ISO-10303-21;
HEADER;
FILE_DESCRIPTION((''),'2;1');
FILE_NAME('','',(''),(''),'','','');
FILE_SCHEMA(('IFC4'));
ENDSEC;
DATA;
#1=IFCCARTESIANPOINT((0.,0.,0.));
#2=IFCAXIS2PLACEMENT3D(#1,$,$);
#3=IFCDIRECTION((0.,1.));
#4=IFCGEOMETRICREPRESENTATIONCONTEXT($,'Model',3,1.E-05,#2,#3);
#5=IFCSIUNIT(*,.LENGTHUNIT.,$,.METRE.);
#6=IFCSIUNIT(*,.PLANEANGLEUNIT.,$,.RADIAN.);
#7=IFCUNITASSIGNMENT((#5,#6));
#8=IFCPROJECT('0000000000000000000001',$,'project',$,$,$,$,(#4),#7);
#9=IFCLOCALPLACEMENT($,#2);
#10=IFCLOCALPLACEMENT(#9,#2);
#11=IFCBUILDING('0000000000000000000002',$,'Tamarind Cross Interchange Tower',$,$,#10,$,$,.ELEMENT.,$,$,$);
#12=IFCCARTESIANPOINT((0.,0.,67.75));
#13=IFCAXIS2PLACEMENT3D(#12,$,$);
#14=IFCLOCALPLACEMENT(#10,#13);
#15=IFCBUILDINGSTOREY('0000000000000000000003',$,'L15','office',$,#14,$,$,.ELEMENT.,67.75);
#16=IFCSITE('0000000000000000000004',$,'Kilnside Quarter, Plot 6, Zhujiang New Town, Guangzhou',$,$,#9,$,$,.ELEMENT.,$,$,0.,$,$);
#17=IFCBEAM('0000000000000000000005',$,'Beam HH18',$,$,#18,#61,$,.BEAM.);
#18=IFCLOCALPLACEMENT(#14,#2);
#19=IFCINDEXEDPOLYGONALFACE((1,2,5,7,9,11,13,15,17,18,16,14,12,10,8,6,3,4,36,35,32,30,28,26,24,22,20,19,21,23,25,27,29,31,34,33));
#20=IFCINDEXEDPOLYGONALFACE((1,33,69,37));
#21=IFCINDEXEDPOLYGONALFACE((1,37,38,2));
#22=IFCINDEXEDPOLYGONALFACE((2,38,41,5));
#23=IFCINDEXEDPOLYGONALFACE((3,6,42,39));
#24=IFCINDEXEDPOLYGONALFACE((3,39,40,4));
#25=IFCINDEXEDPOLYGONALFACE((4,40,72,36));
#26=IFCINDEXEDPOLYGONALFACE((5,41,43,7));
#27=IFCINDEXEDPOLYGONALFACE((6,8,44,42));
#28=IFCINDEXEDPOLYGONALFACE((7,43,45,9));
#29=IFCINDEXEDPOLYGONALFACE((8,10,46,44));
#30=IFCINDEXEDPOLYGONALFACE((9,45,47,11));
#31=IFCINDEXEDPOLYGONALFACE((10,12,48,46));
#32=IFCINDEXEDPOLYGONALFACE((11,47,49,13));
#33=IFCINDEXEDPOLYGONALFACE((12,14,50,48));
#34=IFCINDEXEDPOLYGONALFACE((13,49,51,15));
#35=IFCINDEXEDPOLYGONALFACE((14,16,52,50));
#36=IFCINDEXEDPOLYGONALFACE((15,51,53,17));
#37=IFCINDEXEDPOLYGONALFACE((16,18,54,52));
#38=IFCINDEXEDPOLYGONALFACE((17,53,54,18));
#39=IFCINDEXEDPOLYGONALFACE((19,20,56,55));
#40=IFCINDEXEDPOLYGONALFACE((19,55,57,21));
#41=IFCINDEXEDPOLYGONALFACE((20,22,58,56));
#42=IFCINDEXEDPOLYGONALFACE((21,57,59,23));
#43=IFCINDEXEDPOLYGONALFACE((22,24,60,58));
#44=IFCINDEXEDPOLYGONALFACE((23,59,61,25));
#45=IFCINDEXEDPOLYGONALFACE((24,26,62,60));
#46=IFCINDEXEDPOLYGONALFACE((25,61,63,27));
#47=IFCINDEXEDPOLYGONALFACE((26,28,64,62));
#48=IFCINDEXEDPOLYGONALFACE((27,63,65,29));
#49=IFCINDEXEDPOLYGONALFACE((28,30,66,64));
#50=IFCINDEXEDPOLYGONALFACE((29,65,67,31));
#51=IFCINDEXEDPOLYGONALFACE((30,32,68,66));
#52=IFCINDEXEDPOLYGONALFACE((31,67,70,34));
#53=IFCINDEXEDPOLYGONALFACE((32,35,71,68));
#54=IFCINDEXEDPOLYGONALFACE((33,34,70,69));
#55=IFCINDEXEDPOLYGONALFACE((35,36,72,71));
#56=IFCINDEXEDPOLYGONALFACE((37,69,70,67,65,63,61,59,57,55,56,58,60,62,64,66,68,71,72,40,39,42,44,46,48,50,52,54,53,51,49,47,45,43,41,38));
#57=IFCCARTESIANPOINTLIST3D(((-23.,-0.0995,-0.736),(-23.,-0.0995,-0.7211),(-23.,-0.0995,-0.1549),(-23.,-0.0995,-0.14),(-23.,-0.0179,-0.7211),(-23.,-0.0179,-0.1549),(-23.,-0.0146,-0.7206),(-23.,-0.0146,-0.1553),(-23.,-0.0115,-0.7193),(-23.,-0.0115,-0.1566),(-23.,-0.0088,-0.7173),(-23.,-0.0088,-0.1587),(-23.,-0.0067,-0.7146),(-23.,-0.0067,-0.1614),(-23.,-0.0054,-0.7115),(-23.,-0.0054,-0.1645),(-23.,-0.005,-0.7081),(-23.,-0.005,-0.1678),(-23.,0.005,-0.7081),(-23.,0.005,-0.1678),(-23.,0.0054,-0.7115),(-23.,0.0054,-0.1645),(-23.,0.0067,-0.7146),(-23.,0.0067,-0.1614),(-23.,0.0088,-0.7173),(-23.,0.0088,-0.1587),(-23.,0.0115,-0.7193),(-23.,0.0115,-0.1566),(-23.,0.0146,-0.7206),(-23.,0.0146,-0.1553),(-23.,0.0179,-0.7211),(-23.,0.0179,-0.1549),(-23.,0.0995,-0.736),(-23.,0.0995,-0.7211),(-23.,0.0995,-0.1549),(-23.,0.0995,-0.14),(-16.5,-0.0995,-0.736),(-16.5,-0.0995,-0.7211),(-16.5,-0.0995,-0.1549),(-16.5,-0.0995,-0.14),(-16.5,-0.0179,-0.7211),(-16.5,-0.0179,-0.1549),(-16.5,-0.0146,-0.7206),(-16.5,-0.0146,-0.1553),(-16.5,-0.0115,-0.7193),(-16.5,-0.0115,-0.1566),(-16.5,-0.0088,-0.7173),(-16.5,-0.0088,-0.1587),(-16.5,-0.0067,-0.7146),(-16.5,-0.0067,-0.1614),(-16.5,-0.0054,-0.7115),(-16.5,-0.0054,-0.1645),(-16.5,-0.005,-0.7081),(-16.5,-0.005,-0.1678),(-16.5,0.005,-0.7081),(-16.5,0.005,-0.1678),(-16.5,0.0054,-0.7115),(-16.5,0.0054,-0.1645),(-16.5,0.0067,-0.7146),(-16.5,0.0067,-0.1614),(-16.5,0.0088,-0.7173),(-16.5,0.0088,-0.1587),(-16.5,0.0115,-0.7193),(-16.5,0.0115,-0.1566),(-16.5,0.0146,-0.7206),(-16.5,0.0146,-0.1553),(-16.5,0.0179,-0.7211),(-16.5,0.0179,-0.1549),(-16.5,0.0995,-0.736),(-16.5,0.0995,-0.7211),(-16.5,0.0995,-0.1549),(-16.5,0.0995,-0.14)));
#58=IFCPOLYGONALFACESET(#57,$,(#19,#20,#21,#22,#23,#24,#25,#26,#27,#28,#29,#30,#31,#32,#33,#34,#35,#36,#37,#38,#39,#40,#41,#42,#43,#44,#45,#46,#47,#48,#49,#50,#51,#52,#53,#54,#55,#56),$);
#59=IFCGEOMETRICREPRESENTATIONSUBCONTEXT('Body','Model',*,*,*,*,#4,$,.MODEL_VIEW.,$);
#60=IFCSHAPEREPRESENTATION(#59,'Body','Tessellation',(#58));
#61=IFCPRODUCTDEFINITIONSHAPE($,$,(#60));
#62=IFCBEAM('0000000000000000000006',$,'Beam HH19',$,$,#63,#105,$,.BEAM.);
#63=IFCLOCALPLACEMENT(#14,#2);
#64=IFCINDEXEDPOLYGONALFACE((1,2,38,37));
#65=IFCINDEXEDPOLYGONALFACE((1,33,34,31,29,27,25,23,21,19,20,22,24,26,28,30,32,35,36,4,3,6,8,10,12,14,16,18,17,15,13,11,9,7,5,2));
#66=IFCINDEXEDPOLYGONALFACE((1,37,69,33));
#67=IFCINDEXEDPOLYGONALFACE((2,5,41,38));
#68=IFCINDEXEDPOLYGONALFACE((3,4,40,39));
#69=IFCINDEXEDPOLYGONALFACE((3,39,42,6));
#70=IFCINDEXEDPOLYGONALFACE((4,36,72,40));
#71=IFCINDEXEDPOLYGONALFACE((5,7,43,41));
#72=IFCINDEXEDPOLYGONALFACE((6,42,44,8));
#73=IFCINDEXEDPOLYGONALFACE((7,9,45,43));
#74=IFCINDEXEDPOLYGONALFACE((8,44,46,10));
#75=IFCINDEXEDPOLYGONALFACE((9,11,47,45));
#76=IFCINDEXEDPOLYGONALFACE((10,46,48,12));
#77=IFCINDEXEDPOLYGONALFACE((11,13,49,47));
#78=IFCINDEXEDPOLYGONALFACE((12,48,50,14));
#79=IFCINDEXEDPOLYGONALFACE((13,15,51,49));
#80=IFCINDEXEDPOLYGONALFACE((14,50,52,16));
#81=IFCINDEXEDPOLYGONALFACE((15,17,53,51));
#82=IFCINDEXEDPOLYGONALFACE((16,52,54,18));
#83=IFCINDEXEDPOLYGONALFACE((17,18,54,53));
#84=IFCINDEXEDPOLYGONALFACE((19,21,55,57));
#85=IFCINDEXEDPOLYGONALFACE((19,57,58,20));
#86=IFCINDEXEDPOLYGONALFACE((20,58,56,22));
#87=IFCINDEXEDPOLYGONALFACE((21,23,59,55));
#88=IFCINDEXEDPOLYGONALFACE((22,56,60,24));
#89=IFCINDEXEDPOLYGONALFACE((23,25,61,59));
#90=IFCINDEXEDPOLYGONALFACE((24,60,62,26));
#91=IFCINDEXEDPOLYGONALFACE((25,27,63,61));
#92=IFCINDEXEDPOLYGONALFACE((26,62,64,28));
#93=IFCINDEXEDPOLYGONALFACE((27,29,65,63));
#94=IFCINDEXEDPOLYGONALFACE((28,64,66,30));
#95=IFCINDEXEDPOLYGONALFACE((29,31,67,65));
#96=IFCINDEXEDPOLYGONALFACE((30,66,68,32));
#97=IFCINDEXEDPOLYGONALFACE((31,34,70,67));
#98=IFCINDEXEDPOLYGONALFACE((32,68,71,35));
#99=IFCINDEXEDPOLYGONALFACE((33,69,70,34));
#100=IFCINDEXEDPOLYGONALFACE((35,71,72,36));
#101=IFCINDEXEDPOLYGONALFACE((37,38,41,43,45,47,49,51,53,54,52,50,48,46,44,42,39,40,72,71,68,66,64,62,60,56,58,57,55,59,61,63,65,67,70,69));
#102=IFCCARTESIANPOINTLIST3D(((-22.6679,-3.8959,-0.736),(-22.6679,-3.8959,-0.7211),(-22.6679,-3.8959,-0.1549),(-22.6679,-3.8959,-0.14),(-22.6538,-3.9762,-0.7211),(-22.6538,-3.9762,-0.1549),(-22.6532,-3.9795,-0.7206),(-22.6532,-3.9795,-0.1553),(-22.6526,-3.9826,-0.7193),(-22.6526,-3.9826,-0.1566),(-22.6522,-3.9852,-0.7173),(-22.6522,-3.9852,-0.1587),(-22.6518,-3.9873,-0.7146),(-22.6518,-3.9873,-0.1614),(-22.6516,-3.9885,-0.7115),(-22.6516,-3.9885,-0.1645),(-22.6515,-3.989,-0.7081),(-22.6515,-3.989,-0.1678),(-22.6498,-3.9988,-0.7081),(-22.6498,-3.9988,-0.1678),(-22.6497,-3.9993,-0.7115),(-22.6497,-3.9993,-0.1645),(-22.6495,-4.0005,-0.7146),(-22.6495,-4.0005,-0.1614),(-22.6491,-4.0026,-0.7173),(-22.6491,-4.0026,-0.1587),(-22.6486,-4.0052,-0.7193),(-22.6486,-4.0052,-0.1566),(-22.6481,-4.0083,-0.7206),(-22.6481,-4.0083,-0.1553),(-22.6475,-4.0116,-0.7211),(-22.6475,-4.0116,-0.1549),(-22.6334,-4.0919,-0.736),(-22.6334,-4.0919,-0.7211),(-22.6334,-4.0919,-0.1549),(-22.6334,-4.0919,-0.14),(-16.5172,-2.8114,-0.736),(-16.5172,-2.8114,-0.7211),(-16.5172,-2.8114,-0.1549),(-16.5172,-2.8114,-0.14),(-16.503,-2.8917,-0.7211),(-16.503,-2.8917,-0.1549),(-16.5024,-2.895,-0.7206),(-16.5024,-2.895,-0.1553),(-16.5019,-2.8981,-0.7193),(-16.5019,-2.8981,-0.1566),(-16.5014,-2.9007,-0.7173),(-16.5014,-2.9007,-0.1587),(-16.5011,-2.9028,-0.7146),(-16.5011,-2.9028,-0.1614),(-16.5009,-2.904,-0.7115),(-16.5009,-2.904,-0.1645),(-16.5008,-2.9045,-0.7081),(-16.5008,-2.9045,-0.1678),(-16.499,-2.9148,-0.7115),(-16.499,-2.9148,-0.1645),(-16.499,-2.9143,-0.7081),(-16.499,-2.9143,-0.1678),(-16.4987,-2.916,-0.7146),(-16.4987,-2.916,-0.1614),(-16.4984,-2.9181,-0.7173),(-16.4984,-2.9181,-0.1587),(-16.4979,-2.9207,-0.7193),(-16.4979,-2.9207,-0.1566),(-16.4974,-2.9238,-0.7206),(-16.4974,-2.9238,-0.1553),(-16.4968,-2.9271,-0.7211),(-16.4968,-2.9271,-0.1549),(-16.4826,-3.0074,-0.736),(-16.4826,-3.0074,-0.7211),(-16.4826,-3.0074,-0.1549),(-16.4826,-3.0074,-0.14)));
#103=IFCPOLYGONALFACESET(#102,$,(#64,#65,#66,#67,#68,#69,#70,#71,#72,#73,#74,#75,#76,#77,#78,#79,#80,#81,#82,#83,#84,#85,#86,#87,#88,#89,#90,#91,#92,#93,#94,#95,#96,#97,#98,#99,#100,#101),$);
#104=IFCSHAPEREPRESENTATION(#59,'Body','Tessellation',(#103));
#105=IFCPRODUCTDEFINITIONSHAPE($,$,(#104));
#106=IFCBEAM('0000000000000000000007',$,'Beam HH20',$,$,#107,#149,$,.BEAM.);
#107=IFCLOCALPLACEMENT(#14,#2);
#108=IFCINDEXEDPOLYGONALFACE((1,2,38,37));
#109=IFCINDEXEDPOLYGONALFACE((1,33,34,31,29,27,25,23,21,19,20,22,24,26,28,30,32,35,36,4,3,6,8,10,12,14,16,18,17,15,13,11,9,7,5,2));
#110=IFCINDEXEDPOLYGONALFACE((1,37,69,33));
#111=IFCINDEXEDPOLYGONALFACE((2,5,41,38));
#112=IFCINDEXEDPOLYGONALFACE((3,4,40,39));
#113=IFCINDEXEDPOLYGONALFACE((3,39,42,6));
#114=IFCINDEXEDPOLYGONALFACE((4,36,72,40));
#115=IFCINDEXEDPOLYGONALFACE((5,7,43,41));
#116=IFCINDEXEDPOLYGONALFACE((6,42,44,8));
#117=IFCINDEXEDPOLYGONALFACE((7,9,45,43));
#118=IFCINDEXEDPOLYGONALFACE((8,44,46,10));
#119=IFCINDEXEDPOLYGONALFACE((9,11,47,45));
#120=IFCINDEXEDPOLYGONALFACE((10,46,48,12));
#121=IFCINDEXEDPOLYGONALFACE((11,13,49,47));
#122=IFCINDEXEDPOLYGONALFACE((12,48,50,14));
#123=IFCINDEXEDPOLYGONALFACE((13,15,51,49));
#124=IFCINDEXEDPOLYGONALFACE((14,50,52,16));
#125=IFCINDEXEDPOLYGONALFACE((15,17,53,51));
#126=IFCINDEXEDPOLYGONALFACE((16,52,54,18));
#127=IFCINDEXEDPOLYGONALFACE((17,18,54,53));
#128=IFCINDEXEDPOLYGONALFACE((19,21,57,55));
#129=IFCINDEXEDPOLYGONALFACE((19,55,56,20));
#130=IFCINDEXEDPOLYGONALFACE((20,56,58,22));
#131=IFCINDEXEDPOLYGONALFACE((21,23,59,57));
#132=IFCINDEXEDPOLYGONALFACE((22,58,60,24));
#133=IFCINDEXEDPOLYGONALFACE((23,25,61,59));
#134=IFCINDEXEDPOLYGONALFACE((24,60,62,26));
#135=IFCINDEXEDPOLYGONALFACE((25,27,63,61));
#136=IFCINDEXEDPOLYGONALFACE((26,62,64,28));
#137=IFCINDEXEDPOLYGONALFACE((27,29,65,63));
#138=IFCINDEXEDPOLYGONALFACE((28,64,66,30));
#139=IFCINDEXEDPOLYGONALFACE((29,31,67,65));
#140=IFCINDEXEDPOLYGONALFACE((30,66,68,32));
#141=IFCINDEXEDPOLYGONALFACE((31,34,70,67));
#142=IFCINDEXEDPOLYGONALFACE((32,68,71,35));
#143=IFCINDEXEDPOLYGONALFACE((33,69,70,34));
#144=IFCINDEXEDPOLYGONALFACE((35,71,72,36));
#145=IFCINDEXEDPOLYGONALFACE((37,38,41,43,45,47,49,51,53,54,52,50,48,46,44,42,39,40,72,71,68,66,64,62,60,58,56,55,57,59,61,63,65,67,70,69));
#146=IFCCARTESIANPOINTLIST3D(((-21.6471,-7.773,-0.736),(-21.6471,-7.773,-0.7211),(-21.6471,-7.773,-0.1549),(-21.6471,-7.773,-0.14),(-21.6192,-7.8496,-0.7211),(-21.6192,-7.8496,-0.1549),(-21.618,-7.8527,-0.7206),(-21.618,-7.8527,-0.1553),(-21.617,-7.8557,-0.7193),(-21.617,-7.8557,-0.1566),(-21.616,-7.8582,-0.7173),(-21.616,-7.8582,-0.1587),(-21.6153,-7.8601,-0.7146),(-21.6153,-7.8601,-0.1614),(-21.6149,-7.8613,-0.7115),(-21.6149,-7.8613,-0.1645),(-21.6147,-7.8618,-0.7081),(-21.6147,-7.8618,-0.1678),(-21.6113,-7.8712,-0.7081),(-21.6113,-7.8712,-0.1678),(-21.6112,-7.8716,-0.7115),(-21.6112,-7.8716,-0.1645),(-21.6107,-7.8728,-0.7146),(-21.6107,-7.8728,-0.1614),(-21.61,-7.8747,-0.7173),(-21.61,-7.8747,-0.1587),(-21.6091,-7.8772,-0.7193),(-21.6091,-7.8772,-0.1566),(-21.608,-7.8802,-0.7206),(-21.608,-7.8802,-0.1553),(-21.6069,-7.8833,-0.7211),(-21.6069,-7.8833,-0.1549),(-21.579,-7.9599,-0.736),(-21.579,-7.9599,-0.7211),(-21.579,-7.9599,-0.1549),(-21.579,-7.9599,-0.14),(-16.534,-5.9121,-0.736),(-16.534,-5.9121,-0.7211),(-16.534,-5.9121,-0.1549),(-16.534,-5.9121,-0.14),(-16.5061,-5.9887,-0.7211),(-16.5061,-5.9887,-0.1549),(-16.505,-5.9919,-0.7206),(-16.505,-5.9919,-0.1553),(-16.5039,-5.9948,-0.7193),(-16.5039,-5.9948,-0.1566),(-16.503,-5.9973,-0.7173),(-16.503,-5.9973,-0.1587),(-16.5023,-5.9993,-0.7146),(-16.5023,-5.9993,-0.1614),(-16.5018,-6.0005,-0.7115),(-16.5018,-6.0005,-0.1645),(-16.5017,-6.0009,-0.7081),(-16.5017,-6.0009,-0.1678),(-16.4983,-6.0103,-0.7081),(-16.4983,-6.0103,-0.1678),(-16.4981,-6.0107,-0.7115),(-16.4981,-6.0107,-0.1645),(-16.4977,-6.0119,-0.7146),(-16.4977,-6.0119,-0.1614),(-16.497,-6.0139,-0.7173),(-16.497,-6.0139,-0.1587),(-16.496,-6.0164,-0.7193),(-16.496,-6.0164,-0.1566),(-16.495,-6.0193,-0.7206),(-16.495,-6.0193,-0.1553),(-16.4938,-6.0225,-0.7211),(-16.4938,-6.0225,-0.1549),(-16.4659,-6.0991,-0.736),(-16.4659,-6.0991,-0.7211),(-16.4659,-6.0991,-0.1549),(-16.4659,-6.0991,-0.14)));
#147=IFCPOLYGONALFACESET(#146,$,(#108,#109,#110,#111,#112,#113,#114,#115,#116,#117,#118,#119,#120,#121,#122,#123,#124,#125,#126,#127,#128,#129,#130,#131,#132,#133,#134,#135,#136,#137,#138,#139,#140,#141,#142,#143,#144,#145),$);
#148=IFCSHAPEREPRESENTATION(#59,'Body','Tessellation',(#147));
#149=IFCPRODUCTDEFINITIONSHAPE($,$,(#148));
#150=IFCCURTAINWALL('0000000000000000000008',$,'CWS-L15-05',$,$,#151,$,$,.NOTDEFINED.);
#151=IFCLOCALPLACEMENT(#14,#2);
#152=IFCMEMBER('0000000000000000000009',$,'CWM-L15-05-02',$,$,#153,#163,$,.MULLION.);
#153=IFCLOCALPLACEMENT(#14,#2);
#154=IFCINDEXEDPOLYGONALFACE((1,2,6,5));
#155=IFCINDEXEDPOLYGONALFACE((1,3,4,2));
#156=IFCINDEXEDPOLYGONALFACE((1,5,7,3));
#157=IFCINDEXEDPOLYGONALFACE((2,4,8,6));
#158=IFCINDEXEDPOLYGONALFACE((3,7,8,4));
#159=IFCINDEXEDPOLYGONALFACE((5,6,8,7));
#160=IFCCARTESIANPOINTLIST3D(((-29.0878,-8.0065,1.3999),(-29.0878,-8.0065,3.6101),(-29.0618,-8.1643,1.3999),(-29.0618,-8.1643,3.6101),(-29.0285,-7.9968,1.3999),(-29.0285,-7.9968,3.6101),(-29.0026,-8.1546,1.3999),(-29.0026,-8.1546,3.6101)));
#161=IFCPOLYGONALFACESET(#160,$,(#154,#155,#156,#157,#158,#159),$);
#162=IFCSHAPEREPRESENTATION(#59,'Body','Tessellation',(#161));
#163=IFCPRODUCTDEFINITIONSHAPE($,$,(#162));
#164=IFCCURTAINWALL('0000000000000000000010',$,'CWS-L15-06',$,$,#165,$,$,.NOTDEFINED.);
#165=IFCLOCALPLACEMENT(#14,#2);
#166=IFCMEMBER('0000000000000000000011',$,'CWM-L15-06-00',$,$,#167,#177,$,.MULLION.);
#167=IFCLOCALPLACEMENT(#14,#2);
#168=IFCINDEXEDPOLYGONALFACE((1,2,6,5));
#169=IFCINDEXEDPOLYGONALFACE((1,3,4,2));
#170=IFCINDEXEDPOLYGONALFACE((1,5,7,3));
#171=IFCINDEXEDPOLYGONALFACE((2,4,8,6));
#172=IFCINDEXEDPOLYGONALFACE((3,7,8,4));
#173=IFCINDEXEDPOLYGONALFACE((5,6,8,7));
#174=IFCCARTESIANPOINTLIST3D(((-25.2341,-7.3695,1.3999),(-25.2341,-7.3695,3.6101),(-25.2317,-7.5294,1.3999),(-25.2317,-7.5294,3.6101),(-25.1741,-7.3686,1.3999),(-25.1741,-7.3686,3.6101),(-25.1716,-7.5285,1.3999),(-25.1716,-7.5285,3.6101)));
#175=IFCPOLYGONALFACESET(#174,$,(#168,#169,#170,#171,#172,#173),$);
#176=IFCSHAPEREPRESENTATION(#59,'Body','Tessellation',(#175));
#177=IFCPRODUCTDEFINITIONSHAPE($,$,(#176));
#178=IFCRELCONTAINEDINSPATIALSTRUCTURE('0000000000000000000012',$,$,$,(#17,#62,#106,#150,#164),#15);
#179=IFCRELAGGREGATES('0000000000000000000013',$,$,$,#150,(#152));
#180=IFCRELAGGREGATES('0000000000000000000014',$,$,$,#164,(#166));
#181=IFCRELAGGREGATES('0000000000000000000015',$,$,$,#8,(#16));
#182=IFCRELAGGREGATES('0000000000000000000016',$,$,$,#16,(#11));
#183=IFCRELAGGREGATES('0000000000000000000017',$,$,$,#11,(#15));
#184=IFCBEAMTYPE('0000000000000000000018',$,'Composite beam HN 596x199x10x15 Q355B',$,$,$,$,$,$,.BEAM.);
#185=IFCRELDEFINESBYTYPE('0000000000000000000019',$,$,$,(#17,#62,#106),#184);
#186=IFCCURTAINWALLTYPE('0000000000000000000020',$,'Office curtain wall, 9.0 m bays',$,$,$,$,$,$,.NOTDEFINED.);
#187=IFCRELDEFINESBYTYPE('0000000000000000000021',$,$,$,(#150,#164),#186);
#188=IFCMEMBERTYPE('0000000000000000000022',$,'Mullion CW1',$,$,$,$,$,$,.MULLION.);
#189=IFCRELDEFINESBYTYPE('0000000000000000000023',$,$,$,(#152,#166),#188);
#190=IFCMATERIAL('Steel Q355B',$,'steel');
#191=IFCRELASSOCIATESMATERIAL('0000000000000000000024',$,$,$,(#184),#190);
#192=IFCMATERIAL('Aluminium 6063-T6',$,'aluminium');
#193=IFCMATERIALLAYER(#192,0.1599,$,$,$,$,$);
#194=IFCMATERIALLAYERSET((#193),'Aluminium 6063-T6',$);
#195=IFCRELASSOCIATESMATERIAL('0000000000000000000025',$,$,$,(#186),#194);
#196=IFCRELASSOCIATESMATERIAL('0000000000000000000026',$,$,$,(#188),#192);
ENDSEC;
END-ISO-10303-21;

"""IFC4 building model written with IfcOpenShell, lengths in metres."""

from ifc_helpers import new_model, si_unit, direction, frame, origin, origin_2d, place, context, subcontext, project, spatial, rectangle, i_section, extrude, material, layer, layer_set, material_profile, profile_set, type_object, element, aggregate, save


model = new_model("IFC4")

# Units and contexts
model_context = context("Model", 3, precision=1e-05, world=origin(), true_north=direction((0.0, 1.0)))
body_context = subcontext(model_context, "Body", "Model", "MODEL_VIEW")
ifc_project = project(units=[si_unit("LENGTHUNIT", "METRE"), si_unit("PLANEANGLEUNIT", "RADIAN")], contexts=[model_context])

# Site, building, storey
site_placement = place(None, origin())
site = spatial("IfcSite", under=ifc_project, at=site_placement, Name="Kilnside Quarter, Plot 6, Zhujiang New Town, Guangzhou", CompositionType="ELEMENT", RefElevation=0.0)
building_placement = place(site_placement, origin())
building = spatial("IfcBuilding", under=site, at=building_placement, Name="Tamarind Cross Interchange Tower", CompositionType="ELEMENT")
storey_placement = place(building_placement, frame((0.0, 0.0, 67.75)))
storey = spatial("IfcBuildingStorey", under=building, at=storey_placement, Name="L15", Description="office", CompositionType="ELEMENT", Elevation=67.75)

# Beams
ifc_material_1 = material(Name="Steel Q355B", Category="steel")
ifc_material_profile_1 = material_profile(ifc_material_1, i_section(OverallWidth=0.199, OverallDepth=0.5959, WebThickness=0.01, FlangeThickness=0.0149, FilletRadius=0.0129, at=origin_2d()), Name="HN 596x199x10x15")
ifc_profile_set_1 = profile_set([ifc_material_profile_1], Name="Steel Q355B")
beam_type_1 = type_object("IfcBeamType", Name="Composite beam HN 596x199x10x15 Q355B", PredefinedType="BEAM", material=ifc_profile_set_1)
beam_1_placement = place(storey_placement, frame((-23.0, 0.0, -0.438), z_axis=(1.0, 0.0, 0.0), x_axis=(0.0, 1.0, 0.0)))
element("IfcBeam", 1, at=beam_1_placement, inside=storey, type_object=beam_type_1, Name="Beam HH18", PredefinedType="BEAM", context=body_context, shape_type="SweptSolid", body=[
    extrude(i_section(OverallWidth=0.199, OverallDepth=0.5959, WebThickness=0.01, FlangeThickness=0.0149, FilletRadius=0.0129, at=origin_2d()), origin(), (0.0, 0.0, 1.0), 6.5),
])
beam_2_placement = place(storey_placement, frame((-22.6506, -3.9939, -0.438), z_axis=(0.984809, 0.17364, 0.0), x_axis=(-0.17364, 0.984809, 0.0)))
element("IfcBeam", 2, at=beam_2_placement, inside=storey, type_object=beam_type_1, Name="Beam HH19", PredefinedType="BEAM", context=body_context, shape_type="SweptSolid", body=[
    extrude(i_section(OverallWidth=0.199, OverallDepth=0.5959, WebThickness=0.01, FlangeThickness=0.0149, FilletRadius=0.0129, at=origin_2d()), origin(), (0.0, 0.0, 1.0), 6.2456),
])
beam_3_placement = place(storey_placement, frame((-21.613, -7.8665, -0.438), z_axis=(0.939702, 0.341995, 0.0), x_axis=(-0.341995, 0.939702, 0.0)))
element("IfcBeam", 3, at=beam_3_placement, inside=storey, type_object=beam_type_1, Name="Beam HH20", PredefinedType="BEAM", context=body_context, shape_type="SweptSolid", body=[
    extrude(i_section(OverallWidth=0.199, OverallDepth=0.5959, WebThickness=0.01, FlangeThickness=0.0149, FilletRadius=0.0129, at=origin_2d()), origin(), (0.0, 0.0, 1.0), 5.4412),
])

# Curtain walls, members
ifc_material_2 = material(Name="Aluminium 6063-T6", Category="aluminium")
ifc_layer_1 = layer(ifc_material_2, 0.1599)
ifc_layer_set_1 = layer_set([ifc_layer_1], Name="Aluminium 6063-T6")
curtain_wall_type = type_object("IfcCurtainWallType", Name="Office curtain wall, 9.0 m bays", PredefinedType="NOTDEFINED", material=ifc_layer_set_1)
curtain_wall_1_placement = place(storey_placement, origin())
curtain_wall_1 = element("IfcCurtainWall", 4, at=curtain_wall_1_placement, inside=storey, type_object=curtain_wall_type, Name="CWS-L15-05", PredefinedType="NOTDEFINED")
ifc_material_profile_2 = material_profile(ifc_material_2, rectangle(XDim=0.0601, YDim=0.1599, at=origin_2d()), Name="Mullion CW1")
ifc_profile_set_2 = profile_set([ifc_material_profile_2], Name="Aluminium 6063-T6")
member_type = type_object("IfcMemberType", Name="Mullion CW1", PredefinedType="MULLION", material=ifc_profile_set_2)
member_1_placement = place(storey_placement, frame((-29.0452, -8.0806, 1.3999), z_axis=(0.0, 0.0, 1.0), x_axis=(0.986764, 0.162164, 0.0)))
member_1 = element("IfcMember", 5, at=member_1_placement, type_object=member_type, Name="CWM-L15-05-02", PredefinedType="MULLION", context=body_context, shape_type="SweptSolid", body=[
    extrude(rectangle(XDim=0.0601, YDim=0.1599, at=origin_2d()), origin(), (0.0, 0.0, 1.0), 2.2102),
])
aggregate(curtain_wall_1, [member_1])
curtain_wall_2_placement = place(storey_placement, origin())
curtain_wall_2 = element("IfcCurtainWall", 6, at=curtain_wall_2_placement, inside=storey, type_object=curtain_wall_type, Name="CWS-L15-06", PredefinedType="NOTDEFINED")
member_2_placement = place(storey_placement, frame((-25.2029, -7.449, 1.3999), z_axis=(0.0, 0.0, 1.0), x_axis=(0.999883, 0.015281, 0.0)))
member_2 = element("IfcMember", 7, at=member_2_placement, type_object=member_type, Name="CWM-L15-06-00", PredefinedType="MULLION", context=body_context, shape_type="SweptSolid", body=[
    extrude(rectangle(XDim=0.0601, YDim=0.1599, at=origin_2d()), origin(), (0.0, 0.0, 1.0), 2.2102),
])
aggregate(curtain_wall_2, [member_2])

save(model, "model.ifc")
